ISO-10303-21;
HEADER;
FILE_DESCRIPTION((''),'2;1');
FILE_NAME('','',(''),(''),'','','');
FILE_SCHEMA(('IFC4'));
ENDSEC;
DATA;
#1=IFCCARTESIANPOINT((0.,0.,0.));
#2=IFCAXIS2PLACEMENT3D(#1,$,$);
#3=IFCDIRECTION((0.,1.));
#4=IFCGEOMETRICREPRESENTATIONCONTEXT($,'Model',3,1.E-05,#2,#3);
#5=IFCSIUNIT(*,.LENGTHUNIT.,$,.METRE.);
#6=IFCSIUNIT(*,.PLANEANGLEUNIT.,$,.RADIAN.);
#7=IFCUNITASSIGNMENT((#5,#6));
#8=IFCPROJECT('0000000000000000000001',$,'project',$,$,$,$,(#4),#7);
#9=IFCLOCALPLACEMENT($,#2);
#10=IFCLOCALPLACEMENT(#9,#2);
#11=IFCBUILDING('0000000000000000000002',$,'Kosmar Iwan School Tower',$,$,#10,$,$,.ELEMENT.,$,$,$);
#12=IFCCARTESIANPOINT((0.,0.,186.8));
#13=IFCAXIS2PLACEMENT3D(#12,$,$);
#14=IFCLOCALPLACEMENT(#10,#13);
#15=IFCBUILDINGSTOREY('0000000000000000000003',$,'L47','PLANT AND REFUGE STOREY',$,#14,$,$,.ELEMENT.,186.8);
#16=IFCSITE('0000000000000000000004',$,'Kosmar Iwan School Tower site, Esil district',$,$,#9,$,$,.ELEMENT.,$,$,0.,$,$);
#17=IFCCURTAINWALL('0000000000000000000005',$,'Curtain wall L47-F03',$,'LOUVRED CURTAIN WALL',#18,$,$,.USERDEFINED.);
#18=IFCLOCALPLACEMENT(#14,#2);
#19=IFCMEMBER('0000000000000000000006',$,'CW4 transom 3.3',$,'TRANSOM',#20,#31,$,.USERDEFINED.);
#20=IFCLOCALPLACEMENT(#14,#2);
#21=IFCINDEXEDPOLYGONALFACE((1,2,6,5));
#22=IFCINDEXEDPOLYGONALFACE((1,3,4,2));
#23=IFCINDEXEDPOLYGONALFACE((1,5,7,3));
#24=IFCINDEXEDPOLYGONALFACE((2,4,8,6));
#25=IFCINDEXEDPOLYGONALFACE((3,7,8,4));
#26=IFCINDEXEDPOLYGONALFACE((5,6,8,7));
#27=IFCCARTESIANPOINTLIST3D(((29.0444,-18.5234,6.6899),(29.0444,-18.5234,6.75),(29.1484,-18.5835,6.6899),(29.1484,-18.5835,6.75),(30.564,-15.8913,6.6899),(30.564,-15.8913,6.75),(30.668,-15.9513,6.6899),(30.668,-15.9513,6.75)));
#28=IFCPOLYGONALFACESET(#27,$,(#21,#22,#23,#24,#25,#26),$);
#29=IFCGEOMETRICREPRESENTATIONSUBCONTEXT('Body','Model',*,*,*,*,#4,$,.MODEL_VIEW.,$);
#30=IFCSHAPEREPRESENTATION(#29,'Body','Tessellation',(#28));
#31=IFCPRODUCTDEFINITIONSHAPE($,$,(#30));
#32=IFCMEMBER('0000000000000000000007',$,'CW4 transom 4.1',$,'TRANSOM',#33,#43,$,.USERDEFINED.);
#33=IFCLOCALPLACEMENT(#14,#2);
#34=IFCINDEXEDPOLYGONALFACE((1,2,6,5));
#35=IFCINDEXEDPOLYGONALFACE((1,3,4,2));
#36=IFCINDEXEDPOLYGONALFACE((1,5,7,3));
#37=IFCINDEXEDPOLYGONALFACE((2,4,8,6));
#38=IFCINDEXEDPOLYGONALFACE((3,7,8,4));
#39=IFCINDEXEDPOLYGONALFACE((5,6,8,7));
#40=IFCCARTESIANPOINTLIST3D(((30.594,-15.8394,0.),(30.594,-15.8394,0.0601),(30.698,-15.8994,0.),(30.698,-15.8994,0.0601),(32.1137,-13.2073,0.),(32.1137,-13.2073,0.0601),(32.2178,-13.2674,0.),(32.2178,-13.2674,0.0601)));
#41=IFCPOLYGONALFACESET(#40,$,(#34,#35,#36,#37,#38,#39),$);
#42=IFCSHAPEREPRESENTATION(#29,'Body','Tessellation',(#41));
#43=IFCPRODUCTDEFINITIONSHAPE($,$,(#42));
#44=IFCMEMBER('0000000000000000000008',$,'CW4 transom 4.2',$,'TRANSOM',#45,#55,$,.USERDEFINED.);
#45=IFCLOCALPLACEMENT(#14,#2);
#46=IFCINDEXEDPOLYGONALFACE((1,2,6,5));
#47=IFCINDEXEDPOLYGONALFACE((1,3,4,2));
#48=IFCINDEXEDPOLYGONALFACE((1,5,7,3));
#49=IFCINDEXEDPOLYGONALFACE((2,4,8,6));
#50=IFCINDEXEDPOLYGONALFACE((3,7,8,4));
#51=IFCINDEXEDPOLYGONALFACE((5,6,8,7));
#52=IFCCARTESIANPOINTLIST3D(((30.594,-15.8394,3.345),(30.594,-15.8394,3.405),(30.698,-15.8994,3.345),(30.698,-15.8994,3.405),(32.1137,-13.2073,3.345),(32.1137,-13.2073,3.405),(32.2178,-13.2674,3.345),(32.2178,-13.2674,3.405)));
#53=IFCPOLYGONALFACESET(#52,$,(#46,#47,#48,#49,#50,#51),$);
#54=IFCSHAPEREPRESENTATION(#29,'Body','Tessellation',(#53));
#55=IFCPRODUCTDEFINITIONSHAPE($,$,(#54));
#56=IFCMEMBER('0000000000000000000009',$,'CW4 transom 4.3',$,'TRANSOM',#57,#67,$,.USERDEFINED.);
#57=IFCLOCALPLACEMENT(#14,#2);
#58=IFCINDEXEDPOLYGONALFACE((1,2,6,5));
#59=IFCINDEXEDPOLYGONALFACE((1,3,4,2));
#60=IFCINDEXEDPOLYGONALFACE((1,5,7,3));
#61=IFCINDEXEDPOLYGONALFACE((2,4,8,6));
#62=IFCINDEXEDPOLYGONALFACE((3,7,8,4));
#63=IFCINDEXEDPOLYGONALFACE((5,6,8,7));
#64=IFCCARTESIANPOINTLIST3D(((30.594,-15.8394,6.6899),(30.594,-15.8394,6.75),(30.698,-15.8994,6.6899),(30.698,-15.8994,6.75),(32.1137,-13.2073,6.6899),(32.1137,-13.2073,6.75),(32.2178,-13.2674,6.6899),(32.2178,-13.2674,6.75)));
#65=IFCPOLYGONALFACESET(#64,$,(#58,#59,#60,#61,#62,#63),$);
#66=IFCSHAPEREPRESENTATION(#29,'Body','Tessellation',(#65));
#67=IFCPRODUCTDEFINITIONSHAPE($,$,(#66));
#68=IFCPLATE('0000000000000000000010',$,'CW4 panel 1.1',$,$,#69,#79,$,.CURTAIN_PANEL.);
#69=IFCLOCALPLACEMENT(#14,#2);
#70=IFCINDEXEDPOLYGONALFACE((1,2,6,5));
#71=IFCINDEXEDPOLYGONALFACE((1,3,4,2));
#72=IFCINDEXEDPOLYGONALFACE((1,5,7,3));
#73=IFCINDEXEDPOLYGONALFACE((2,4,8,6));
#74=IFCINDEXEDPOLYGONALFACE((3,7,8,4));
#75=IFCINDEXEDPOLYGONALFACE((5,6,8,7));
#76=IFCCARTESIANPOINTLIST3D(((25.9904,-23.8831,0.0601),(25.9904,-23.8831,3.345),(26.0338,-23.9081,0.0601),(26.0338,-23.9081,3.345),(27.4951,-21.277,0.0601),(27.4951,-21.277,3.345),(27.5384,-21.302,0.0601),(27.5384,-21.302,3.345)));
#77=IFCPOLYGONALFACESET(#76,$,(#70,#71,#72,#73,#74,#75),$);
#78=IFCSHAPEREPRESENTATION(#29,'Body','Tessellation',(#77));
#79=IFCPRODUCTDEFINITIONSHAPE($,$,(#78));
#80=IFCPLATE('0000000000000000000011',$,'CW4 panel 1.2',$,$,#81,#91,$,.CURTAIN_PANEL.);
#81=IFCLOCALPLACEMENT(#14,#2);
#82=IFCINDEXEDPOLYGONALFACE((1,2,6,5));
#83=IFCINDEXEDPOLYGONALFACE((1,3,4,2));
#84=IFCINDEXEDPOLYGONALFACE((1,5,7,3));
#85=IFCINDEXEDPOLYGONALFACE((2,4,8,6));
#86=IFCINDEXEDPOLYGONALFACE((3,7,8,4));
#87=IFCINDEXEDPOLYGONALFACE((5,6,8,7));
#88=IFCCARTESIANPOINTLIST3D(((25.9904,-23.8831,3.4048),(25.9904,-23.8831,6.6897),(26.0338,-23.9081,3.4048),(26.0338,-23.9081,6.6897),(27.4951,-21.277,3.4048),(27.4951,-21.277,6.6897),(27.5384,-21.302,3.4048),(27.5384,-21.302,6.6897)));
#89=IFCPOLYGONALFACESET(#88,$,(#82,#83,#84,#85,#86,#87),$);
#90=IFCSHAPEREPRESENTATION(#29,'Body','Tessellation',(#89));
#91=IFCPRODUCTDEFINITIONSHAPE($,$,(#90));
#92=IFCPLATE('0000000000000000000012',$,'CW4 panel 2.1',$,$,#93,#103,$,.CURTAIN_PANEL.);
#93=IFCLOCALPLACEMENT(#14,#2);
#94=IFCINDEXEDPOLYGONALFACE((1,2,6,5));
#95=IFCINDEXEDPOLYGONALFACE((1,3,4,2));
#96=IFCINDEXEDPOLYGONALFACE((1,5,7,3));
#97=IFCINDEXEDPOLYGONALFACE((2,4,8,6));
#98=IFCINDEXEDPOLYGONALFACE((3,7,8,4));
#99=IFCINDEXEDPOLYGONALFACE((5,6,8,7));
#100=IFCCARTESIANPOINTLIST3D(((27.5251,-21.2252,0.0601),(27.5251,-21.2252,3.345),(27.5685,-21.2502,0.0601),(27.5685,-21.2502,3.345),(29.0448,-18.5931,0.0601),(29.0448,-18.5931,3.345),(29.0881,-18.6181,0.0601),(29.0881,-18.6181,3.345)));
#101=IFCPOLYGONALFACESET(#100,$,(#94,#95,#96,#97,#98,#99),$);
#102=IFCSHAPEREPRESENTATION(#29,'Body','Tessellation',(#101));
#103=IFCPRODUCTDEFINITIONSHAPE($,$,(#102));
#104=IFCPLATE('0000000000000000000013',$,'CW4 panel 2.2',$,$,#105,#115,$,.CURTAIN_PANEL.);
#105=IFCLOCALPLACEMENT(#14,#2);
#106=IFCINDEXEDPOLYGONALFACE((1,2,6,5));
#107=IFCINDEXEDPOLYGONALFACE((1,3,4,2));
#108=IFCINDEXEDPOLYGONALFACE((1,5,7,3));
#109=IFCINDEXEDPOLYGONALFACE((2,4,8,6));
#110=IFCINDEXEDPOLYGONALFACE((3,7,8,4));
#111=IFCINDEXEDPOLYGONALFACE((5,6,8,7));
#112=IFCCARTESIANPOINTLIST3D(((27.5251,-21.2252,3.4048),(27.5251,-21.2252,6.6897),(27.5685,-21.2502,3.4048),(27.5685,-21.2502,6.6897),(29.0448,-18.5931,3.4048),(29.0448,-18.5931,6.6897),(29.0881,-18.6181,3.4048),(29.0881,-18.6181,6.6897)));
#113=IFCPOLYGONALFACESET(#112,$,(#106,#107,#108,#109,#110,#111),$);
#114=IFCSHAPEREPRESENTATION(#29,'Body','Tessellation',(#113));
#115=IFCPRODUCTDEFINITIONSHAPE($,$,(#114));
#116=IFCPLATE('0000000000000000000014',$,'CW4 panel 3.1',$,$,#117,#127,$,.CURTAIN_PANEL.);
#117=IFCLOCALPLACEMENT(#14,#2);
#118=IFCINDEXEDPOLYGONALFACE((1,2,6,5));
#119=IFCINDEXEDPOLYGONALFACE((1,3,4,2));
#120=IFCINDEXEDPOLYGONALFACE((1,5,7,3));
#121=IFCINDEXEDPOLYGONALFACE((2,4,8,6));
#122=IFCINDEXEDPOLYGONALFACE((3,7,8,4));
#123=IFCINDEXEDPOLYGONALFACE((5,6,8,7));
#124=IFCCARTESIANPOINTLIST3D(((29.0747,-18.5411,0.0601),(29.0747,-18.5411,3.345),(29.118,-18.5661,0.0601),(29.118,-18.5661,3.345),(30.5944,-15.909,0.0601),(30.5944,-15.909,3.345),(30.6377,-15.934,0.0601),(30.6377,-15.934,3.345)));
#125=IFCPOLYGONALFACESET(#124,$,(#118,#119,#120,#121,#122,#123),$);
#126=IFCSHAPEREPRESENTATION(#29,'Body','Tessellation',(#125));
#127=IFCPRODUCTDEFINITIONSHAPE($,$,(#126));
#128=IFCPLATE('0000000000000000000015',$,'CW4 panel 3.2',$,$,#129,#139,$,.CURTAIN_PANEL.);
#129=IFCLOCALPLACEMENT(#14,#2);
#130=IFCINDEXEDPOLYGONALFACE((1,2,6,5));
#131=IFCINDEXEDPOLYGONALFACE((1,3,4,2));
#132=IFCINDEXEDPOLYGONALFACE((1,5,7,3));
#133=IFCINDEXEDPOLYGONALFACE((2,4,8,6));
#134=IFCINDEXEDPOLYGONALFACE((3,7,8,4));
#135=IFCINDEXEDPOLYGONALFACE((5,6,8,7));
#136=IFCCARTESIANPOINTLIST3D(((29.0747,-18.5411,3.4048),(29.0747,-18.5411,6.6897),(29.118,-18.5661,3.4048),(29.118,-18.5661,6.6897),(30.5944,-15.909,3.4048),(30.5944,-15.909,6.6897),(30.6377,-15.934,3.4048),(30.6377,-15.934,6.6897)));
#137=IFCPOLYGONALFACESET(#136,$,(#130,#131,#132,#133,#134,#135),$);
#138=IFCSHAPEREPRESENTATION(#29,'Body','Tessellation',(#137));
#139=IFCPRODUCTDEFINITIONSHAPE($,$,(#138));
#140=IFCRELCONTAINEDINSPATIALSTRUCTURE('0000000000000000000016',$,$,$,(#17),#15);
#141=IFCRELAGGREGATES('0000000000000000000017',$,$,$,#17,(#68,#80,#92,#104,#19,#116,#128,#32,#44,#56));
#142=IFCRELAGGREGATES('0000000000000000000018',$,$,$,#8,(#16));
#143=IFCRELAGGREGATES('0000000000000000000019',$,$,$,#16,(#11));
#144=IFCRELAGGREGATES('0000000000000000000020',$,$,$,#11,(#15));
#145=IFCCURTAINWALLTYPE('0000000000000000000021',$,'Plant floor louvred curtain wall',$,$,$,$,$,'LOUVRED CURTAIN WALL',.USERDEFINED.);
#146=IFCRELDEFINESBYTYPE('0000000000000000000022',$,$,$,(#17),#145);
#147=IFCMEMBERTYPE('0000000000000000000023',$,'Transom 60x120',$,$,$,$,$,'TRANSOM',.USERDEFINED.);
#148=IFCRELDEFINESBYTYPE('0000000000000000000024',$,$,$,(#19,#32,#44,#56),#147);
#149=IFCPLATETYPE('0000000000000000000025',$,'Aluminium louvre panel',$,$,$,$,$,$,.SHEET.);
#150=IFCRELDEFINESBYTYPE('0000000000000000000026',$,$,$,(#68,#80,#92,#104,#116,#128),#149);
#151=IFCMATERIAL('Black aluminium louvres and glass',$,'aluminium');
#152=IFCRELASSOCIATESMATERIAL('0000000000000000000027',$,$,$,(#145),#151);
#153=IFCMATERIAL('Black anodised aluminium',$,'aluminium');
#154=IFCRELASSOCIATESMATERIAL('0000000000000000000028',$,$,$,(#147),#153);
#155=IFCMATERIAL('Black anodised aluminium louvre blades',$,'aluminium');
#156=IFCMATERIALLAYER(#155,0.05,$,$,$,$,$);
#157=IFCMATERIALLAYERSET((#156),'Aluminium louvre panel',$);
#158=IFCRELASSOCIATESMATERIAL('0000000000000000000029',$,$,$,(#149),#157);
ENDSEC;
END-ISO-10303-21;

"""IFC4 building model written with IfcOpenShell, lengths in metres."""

from ifc_helpers import new_model, si_unit, direction, frame, origin, origin_2d, place, context, subcontext, project, spatial, rectangle, extrude, material, layer, layer_set, material_profile, profile_set, type_object, element, aggregate, save


model = new_model("IFC4")

# Units and contexts
model_context = context("Model", 3, precision=1e-05, world=origin(), true_north=direction((0.0, 1.0)))
body_context = subcontext(model_context, "Body", "Model", "MODEL_VIEW")
ifc_project = project(units=[si_unit("LENGTHUNIT", "METRE"), si_unit("PLANEANGLEUNIT", "RADIAN")], contexts=[model_context])

# Site, building, storey
site_placement = place(None, origin())
site = spatial("IfcSite", under=ifc_project, at=site_placement, Name="Kosmar Iwan School Tower site, Esil district", CompositionType="ELEMENT", RefElevation=0.0)
building_placement = place(site_placement, origin())
building = spatial("IfcBuilding", under=site, at=building_placement, Name="Kosmar Iwan School Tower", CompositionType="ELEMENT")
storey_placement = place(building_placement, frame((0.0, 0.0, 186.8)))
storey = spatial("IfcBuildingStorey", under=building, at=storey_placement, Name="L47", Description="PLANT AND REFUGE STOREY", CompositionType="ELEMENT", Elevation=186.8)

# Curtain wall, members, plates
ifc_material_1 = material(Name="Black aluminium louvres and glass", Category="aluminium")
curtain_wall_type_1 = type_object("IfcCurtainWallType", Name="Plant floor louvred curtain wall", ElementType="LOUVRED CURTAIN WALL", PredefinedType="USERDEFINED", material=ifc_material_1)
curtain_wall_1_placement = place(storey_placement, origin())
curtain_wall_1 = element("IfcCurtainWall", 1, at=curtain_wall_1_placement, inside=storey, type_object=curtain_wall_type_1, Name="Curtain wall L47-F03", ObjectType="LOUVRED CURTAIN WALL", PredefinedType="USERDEFINED")
ifc_material_2 = material(Name="Black anodised aluminium", Category="aluminium")
ifc_material_profile_1 = material_profile(ifc_material_2, rectangle(XDim=0.1201, YDim=0.0601, at=origin_2d()), Name="TRANSOM 60x120")
ifc_profile_set_1 = profile_set([ifc_material_profile_1], Name="Black anodised aluminium")
member_type_1 = type_object("IfcMemberType", Name="Transom 60x120", ElementType="TRANSOM", PredefinedType="USERDEFINED", material=ifc_profile_set_1)
member_1_placement = place(storey_placement, frame((29.0964, -18.5535, 6.72), z_axis=(0.499975, 0.86604, 0.0), x_axis=(-0.86604, 0.499975, 0.0)))
member_1 = element("IfcMember", 2, at=member_1_placement, type_object=member_type_1, Name="CW4 transom 3.3", ObjectType="TRANSOM", PredefinedType="USERDEFINED", context=body_context, shape_type="SweptSolid", body=[
    extrude(rectangle(XDim=0.1201, YDim=0.0601, at=origin_2d()), origin(), (0.0, 0.0, 1.0), 3.0393),
])
member_2_placement = place(storey_placement, frame((30.646, -15.8694, 0.03), z_axis=(0.500035, 0.866005, 0.0), x_axis=(-0.866005, 0.500035, 0.0)))
member_2 = element("IfcMember", 3, at=member_2_placement, type_object=member_type_1, Name="CW4 transom 4.1", ObjectType="TRANSOM", PredefinedType="USERDEFINED", context=body_context, shape_type="SweptSolid", body=[
    extrude(rectangle(XDim=0.1201, YDim=0.0601, at=origin_2d()), origin(), (0.0, 0.0, 1.0), 3.0393),
])
member_3_placement = place(storey_placement, frame((30.646, -15.8694, 3.375), z_axis=(0.500035, 0.866005, 0.0), x_axis=(-0.866005, 0.500035, 0.0)))
member_3 = element("IfcMember", 4, at=member_3_placement, type_object=member_type_1, Name="CW4 transom 4.2", ObjectType="TRANSOM", PredefinedType="USERDEFINED", context=body_context, shape_type="SweptSolid", body=[
    extrude(rectangle(XDim=0.1201, YDim=0.0601, at=origin_2d()), origin(), (0.0, 0.0, 1.0), 3.0393),
])
member_4_placement = place(storey_placement, frame((30.646, -15.8694, 6.72), z_axis=(0.500035, 0.866005, 0.0), x_axis=(-0.866005, 0.500035, 0.0)))
member_4 = element("IfcMember", 5, at=member_4_placement, type_object=member_type_1, Name="CW4 transom 4.3", ObjectType="TRANSOM", PredefinedType="USERDEFINED", context=body_context, shape_type="SweptSolid", body=[
    extrude(rectangle(XDim=0.1201, YDim=0.0601, at=origin_2d()), origin(), (0.0, 0.0, 1.0), 3.0393),
])
ifc_material_3 = material(Name="Black anodised aluminium louvre blades", Category="aluminium")
ifc_layer = layer(ifc_material_3, 0.05)
ifc_layer_set = layer_set([ifc_layer], Name="Aluminium louvre panel")
plate_type = type_object("IfcPlateType", Name="Aluminium louvre panel", PredefinedType="SHEET", material=ifc_layer_set)
plate_1_placement = place(storey_placement, frame((26.7644, -22.5925, 0.0601), z_axis=(0.0, 0.0, 1.0), x_axis=(0.5, 0.866025, 0.0)))
plate_1 = element("IfcPlate", 6, at=plate_1_placement, type_object=plate_type, Name="CW4 panel 1.1", PredefinedType="CURTAIN_PANEL", context=body_context, shape_type="SweptSolid", body=[
    extrude(rectangle(XDim=3.0093, YDim=0.05, at=origin_2d()), origin(), (0.0, 0.0, 1.0), 3.2849),
])
plate_2_placement = place(storey_placement, frame((26.7644, -22.5925, 3.4048), z_axis=(0.0, 0.0, 1.0), x_axis=(0.5, 0.866025, 0.0)))
plate_2 = element("IfcPlate", 7, at=plate_2_placement, type_object=plate_type, Name="CW4 panel 1.2", PredefinedType="CURTAIN_PANEL", context=body_context, shape_type="SweptSolid", body=[
    extrude(rectangle(XDim=3.0093, YDim=0.05, at=origin_2d()), origin(), (0.0, 0.0, 1.0), 3.2849),
])
plate_3_placement = place(storey_placement, frame((28.3066, -19.9216, 0.0601), z_axis=(0.0, 0.0, 1.0), x_axis=(0.5, 0.866025, 0.0)))
plate_3 = element("IfcPlate", 8, at=plate_3_placement, type_object=plate_type, Name="CW4 panel 2.1", PredefinedType="CURTAIN_PANEL", context=body_context, shape_type="SweptSolid", body=[
    extrude(rectangle(XDim=3.0393, YDim=0.05, at=origin_2d()), origin(), (0.0, 0.0, 1.0), 3.2849),
])
plate_4_placement = place(storey_placement, frame((28.3066, -19.9216, 3.4048), z_axis=(0.0, 0.0, 1.0), x_axis=(0.5, 0.866025, 0.0)))
plate_4 = element("IfcPlate", 9, at=plate_4_placement, type_object=plate_type, Name="CW4 panel 2.2", PredefinedType="CURTAIN_PANEL", context=body_context, shape_type="SweptSolid", body=[
    extrude(rectangle(XDim=3.0393, YDim=0.05, at=origin_2d()), origin(), (0.0, 0.0, 1.0), 3.2849),
])
plate_5_placement = place(storey_placement, frame((29.8562, -17.2375, 0.0601), z_axis=(0.0, 0.0, 1.0), x_axis=(0.5, 0.866025, 0.0)))
plate_5 = element("IfcPlate", 10, at=plate_5_placement, type_object=plate_type, Name="CW4 panel 3.1", PredefinedType="CURTAIN_PANEL", context=body_context, shape_type="SweptSolid", body=[
    extrude(rectangle(XDim=3.0393, YDim=0.05, at=origin_2d()), origin(), (0.0, 0.0, 1.0), 3.2849),
])
plate_6_placement = place(storey_placement, frame((29.8562, -17.2375, 3.4048), z_axis=(0.0, 0.0, 1.0), x_axis=(0.5, 0.866025, 0.0)))
plate_6 = element("IfcPlate", 11, at=plate_6_placement, type_object=plate_type, Name="CW4 panel 3.2", PredefinedType="CURTAIN_PANEL", context=body_context, shape_type="SweptSolid", body=[
    extrude(rectangle(XDim=3.0393, YDim=0.05, at=origin_2d()), origin(), (0.0, 0.0, 1.0), 3.2849),
])
aggregate(curtain_wall_1, [plate_1, plate_2, plate_3, plate_4, member_1, plate_5, plate_6, member_2, member_3, member_4])

save(model, "model.ifc")
